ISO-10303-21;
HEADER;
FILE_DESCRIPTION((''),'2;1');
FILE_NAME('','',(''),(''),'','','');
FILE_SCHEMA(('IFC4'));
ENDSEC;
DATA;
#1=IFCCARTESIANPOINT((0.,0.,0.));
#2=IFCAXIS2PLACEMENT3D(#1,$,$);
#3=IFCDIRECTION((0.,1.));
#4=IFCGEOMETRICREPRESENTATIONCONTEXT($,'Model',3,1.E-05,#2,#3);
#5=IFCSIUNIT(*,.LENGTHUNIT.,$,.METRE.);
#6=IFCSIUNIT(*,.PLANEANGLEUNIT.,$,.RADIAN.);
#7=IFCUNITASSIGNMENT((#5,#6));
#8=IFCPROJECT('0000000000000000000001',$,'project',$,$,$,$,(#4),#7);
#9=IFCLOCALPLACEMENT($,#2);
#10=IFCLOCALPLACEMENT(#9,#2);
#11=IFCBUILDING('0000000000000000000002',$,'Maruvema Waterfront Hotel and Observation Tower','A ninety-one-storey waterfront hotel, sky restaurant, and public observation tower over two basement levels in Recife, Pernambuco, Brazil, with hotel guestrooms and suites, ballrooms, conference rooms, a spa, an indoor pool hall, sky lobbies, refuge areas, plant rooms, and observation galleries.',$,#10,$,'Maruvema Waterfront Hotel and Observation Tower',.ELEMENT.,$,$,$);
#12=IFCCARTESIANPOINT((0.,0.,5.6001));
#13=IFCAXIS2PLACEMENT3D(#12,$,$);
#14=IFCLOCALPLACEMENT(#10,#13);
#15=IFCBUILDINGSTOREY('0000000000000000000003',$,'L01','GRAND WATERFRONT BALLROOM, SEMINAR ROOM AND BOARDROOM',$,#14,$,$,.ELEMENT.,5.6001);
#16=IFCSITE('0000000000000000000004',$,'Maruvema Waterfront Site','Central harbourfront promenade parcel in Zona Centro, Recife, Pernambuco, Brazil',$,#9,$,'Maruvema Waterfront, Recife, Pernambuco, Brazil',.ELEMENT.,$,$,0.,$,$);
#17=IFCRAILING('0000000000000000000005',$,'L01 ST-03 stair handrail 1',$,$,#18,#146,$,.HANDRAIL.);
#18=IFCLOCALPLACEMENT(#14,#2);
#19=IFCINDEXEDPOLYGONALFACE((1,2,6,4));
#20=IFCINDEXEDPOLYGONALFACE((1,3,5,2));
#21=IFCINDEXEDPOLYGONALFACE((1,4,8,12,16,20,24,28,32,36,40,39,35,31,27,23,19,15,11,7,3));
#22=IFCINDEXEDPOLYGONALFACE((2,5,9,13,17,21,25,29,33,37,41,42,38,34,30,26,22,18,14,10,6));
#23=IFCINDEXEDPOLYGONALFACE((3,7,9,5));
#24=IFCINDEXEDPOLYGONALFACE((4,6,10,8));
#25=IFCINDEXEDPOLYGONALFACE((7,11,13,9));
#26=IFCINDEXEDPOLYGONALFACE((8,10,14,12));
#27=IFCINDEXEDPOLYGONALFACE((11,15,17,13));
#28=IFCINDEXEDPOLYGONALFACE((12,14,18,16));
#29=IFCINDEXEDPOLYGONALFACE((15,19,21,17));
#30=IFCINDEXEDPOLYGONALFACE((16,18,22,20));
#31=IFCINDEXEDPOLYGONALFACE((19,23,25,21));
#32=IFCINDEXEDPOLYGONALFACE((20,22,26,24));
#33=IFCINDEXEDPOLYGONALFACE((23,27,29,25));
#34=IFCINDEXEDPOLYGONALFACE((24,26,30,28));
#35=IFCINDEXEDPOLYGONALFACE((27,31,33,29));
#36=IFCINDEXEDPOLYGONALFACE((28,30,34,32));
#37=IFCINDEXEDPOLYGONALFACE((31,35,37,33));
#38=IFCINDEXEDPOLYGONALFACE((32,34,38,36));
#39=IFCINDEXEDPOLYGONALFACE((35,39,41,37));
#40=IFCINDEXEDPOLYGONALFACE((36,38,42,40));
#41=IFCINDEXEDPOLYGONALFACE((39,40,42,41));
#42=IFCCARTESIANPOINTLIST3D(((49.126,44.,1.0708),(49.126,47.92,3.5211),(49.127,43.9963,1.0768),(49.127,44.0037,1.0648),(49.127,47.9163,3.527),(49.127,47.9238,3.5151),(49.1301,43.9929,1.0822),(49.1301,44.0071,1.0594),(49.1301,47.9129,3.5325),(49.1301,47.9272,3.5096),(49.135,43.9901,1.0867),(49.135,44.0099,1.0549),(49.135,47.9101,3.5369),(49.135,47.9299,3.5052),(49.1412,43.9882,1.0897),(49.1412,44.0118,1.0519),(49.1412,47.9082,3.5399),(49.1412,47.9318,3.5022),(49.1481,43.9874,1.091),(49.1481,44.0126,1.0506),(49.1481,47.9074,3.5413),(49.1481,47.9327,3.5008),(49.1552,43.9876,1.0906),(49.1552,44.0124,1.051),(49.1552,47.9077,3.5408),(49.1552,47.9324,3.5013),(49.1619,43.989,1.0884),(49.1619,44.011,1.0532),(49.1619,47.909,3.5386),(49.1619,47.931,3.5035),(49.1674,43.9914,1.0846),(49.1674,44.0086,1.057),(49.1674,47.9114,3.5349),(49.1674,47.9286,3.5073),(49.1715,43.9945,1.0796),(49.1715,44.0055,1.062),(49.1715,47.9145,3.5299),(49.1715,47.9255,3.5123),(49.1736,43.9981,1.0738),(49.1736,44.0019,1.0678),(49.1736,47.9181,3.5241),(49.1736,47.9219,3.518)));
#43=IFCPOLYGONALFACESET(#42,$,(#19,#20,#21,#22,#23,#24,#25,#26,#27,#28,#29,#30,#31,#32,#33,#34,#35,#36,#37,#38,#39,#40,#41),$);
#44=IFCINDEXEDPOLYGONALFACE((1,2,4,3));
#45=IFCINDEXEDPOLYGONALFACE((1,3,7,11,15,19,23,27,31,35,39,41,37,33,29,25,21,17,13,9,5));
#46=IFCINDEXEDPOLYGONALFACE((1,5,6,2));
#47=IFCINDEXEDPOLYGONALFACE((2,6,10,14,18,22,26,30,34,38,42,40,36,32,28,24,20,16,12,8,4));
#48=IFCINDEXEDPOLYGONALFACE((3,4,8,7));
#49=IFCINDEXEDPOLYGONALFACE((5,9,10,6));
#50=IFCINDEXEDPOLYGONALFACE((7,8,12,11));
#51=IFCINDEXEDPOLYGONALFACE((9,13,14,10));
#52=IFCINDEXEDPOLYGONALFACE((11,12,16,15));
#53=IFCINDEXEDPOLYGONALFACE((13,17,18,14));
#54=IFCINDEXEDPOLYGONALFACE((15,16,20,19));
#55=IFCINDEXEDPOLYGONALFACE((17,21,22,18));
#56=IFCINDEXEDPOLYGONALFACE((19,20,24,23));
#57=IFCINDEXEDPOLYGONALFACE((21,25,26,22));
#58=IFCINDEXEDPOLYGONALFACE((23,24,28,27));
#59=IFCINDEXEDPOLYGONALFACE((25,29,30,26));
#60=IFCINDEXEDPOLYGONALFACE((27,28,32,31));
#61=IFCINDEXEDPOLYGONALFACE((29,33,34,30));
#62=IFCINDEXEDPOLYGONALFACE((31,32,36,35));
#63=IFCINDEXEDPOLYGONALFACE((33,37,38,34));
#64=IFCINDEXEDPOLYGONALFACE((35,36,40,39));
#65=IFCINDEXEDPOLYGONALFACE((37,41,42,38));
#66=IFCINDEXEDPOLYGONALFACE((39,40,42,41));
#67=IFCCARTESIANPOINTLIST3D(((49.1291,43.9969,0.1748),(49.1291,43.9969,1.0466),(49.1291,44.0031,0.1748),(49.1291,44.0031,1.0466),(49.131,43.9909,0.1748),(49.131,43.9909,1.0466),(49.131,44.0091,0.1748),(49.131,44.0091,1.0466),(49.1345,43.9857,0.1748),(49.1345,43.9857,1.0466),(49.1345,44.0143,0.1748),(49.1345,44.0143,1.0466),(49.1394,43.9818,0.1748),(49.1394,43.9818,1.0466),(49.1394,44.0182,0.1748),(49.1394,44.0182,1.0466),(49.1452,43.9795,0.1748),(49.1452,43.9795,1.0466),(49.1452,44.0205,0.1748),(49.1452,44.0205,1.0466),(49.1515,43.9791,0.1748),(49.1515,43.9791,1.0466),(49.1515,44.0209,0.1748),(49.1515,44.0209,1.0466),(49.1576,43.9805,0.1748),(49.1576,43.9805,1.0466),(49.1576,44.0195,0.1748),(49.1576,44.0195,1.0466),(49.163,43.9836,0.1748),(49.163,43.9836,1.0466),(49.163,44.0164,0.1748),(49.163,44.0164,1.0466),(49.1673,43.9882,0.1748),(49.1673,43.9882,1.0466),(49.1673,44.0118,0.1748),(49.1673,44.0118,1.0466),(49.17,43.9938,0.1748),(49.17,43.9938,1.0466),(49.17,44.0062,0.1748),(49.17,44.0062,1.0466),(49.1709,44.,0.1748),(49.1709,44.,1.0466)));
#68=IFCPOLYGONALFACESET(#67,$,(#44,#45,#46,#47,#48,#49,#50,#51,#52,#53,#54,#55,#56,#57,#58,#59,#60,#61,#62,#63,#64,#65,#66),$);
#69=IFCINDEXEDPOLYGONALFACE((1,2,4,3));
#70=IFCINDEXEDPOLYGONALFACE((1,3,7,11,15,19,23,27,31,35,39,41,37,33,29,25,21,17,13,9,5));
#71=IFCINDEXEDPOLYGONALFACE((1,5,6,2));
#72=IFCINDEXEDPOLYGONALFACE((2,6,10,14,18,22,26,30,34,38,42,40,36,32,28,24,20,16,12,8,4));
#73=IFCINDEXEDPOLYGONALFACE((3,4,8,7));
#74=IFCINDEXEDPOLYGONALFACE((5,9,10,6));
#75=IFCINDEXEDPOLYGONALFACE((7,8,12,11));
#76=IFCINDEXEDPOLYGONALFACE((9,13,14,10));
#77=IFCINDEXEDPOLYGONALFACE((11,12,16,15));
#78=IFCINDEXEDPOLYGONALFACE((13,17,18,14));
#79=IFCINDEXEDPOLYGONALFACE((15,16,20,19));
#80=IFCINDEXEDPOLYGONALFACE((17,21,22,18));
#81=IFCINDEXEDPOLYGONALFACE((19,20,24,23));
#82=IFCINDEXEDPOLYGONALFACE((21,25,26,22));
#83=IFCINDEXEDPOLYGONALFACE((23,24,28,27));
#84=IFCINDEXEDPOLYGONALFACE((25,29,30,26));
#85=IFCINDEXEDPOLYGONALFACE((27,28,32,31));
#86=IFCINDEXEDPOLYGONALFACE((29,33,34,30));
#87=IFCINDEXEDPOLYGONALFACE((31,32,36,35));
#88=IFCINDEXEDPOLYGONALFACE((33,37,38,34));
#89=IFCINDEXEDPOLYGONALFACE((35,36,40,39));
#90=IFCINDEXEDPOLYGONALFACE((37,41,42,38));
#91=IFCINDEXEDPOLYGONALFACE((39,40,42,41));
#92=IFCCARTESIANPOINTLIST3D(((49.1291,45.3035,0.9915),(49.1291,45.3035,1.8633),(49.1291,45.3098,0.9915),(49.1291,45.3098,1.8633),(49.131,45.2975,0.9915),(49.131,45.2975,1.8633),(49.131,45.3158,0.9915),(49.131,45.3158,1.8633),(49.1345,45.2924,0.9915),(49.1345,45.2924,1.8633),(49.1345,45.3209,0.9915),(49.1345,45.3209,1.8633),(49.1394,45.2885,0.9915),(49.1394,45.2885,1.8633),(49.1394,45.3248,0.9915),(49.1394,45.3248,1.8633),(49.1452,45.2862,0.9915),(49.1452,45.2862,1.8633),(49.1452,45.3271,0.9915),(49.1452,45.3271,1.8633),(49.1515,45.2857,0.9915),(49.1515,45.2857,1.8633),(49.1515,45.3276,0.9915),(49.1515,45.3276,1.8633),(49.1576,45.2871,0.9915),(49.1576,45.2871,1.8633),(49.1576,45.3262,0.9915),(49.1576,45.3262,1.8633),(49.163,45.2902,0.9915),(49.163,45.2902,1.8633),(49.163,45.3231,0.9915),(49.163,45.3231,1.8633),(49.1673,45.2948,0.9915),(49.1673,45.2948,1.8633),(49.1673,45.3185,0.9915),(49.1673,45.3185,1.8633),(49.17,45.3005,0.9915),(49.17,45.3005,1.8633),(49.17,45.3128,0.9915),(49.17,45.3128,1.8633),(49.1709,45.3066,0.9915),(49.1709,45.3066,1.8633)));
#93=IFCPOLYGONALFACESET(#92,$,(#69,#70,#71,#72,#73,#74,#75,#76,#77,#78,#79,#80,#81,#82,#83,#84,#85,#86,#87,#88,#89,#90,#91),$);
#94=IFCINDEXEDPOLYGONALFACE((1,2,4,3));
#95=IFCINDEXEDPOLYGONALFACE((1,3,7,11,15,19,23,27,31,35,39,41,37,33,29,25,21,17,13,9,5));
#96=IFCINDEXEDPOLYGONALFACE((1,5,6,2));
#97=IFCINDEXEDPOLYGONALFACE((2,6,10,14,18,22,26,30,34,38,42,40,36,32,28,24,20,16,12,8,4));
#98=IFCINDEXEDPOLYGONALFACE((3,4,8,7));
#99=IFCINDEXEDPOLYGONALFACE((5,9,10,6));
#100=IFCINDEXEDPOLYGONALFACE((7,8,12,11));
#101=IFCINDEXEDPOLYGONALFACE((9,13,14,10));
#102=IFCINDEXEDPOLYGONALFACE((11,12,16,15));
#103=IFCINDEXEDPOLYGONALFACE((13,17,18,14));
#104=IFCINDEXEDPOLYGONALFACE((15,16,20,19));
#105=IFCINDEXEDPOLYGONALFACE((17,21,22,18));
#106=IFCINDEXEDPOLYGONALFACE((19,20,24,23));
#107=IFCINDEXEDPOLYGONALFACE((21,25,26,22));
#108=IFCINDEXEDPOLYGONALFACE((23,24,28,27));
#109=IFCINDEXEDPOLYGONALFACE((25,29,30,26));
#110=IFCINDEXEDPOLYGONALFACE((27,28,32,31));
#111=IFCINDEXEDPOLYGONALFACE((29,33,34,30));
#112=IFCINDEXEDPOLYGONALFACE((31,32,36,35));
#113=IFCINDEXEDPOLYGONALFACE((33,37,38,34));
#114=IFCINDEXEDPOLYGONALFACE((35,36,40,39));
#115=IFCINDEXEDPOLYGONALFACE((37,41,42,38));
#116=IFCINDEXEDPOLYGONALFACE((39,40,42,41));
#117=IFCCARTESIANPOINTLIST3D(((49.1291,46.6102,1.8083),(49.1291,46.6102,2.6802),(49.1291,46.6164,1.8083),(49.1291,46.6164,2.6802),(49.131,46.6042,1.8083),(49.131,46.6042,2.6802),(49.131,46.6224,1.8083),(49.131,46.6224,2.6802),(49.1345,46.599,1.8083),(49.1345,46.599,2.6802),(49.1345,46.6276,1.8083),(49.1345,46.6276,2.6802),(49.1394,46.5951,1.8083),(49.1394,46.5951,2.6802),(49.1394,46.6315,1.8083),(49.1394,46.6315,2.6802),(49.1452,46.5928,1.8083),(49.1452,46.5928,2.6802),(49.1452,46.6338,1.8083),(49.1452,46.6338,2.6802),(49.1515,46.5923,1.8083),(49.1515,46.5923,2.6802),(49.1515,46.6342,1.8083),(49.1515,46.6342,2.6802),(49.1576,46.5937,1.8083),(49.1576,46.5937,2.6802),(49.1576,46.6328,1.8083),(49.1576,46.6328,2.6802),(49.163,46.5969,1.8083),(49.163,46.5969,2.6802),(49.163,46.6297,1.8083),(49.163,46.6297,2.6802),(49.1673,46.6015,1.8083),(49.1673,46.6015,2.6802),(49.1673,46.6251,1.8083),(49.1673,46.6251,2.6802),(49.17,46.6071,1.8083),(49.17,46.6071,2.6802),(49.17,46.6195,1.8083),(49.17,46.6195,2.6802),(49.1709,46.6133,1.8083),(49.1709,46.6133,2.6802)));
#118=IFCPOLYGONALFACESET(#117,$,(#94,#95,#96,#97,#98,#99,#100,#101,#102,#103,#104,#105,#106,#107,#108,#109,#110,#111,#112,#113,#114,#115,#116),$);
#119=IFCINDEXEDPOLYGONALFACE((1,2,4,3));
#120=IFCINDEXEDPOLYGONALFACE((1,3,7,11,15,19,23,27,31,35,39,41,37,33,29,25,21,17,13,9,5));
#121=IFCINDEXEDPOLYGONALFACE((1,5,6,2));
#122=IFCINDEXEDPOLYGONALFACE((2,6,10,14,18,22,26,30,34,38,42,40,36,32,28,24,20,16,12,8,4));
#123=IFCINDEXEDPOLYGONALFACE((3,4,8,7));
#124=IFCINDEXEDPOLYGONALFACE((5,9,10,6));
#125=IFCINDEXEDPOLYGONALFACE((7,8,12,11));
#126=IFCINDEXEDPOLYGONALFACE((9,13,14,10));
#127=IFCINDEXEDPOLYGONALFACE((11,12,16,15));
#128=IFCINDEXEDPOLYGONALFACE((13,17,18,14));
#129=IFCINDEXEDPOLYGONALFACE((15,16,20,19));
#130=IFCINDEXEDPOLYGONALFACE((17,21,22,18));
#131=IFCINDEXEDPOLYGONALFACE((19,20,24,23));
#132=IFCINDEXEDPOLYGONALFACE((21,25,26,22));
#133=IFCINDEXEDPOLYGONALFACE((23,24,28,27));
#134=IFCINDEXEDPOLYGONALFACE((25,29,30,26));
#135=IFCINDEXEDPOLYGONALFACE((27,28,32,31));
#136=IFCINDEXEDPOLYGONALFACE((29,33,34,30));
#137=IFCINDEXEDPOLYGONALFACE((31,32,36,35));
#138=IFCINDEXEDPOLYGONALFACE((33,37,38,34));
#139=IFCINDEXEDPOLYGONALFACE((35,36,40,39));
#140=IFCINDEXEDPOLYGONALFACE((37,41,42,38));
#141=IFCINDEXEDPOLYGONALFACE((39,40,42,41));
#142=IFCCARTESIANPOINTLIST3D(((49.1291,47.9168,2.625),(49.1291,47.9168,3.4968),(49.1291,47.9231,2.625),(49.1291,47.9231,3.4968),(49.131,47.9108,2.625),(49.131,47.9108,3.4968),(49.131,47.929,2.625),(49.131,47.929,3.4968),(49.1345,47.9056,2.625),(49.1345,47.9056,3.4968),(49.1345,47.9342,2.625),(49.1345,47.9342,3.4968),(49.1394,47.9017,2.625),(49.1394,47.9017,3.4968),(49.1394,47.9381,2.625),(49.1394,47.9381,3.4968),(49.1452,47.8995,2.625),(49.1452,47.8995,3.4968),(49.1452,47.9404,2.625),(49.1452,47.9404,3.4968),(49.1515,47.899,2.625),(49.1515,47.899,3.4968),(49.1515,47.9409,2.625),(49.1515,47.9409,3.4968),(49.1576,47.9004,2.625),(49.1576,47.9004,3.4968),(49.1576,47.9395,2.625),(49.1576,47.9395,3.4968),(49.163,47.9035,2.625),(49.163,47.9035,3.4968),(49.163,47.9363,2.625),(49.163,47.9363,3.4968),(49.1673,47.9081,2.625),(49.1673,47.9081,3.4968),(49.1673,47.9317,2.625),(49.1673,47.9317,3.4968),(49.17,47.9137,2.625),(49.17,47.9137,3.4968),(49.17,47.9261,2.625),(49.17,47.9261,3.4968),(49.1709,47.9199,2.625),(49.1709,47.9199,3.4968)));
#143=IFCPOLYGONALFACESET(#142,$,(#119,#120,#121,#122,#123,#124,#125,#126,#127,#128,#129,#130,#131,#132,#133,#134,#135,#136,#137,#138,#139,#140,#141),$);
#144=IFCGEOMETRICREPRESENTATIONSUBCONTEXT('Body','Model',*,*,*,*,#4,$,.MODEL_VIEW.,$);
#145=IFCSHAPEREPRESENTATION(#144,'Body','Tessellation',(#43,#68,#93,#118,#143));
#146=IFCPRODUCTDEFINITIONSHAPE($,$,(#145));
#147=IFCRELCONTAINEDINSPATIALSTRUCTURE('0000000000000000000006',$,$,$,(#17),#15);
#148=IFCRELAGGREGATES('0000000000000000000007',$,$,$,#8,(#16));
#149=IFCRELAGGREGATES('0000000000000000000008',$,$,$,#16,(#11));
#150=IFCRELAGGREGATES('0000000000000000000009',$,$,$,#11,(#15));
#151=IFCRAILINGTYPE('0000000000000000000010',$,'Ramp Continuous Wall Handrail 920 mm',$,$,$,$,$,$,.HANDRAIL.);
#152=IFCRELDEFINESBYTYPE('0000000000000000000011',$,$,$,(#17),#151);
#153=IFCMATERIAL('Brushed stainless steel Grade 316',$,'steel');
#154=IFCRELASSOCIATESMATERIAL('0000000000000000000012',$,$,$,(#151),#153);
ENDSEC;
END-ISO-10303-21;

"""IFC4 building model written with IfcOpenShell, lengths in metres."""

from ifc_helpers import new_model, si_unit, direction, frame, origin, origin_2d, place, context, subcontext, project, spatial, circle, extrude, material, type_object, element, save


model = new_model("IFC4")

# Units and contexts
model_context = context("Model", 3, precision=1e-05, world=origin(), true_north=direction((0.0, 1.0)))
body_context = subcontext(model_context, "Body", "Model", "MODEL_VIEW")
ifc_project = project(units=[si_unit("LENGTHUNIT", "METRE"), si_unit("PLANEANGLEUNIT", "RADIAN")], contexts=[model_context])

# Site, building, storey
site_placement = place(None, origin())
site = spatial("IfcSite", under=ifc_project, at=site_placement, Name="Maruvema Waterfront Site", Description="Central harbourfront promenade parcel in Zona Centro, Recife, Pernambuco, Brazil", LongName="Maruvema Waterfront, Recife, Pernambuco, Brazil", CompositionType="ELEMENT", RefElevation=0.0)
building_placement = place(site_placement, origin())
building = spatial("IfcBuilding", under=site, at=building_placement, Name="Maruvema Waterfront Hotel and Observation Tower", Description="A ninety-one-storey waterfront hotel, sky restaurant, and public observation tower over two basement levels in Recife, Pernambuco, Brazil, with hotel guestrooms and suites, ballrooms, conference rooms, a spa, an indoor pool hall, sky lobbies, refuge areas, plant rooms, and observation galleries.", LongName="Maruvema Waterfront Hotel and Observation Tower", CompositionType="ELEMENT")
storey_placement = place(building_placement, frame((0.0, 0.0, 5.6001)))
storey = spatial("IfcBuildingStorey", under=building, at=storey_placement, Name="L01", Description="GRAND WATERFRONT BALLROOM, SEMINAR ROOM AND BOARDROOM", CompositionType="ELEMENT", Elevation=5.6001)

# Railing
ifc_material_1 = material(Name="Brushed stainless steel Grade 316", Category="steel")
railing_type_1 = type_object("IfcRailingType", Name="Ramp Continuous Wall Handrail 920 mm", PredefinedType="HANDRAIL", material=ifc_material_1)
railing_1_placement = place(storey_placement, frame((49.1499, 44.0, 0.1748)))
element("IfcRailing", 1, at=railing_1_placement, inside=storey, type_object=railing_type_1, Name="L01 ST-03 stair handrail 1", PredefinedType="HANDRAIL", context=body_context, shape_type="SweptSolid", body=[
    extrude(circle(Radius=0.0239, at=origin_2d()), frame((0.0, 0.0, 0.896), z_axis=(0.0, 0.847975, 0.530037), x_axis=(-1.0, 0.0, 0.0)), (0.0, 0.0, 1.0), 4.6228),
    extrude(circle(Radius=0.021, at=origin_2d()), origin(), (0.0, 0.0, 1.0), 0.8718),
    extrude(circle(Radius=0.021, at=origin_2d()), frame((0.0, 1.3066, 0.8167)), (0.0, 0.0, 1.0), 0.8718),
    extrude(circle(Radius=0.021, at=origin_2d()), frame((0.0, 2.6133, 1.6335)), (0.0, 0.0, 1.0), 0.8718),
    extrude(circle(Radius=0.021, at=origin_2d()), frame((0.0, 3.9199, 2.4502)), (0.0, 0.0, 1.0), 0.8718),
])

save(model, "model.ifc")
